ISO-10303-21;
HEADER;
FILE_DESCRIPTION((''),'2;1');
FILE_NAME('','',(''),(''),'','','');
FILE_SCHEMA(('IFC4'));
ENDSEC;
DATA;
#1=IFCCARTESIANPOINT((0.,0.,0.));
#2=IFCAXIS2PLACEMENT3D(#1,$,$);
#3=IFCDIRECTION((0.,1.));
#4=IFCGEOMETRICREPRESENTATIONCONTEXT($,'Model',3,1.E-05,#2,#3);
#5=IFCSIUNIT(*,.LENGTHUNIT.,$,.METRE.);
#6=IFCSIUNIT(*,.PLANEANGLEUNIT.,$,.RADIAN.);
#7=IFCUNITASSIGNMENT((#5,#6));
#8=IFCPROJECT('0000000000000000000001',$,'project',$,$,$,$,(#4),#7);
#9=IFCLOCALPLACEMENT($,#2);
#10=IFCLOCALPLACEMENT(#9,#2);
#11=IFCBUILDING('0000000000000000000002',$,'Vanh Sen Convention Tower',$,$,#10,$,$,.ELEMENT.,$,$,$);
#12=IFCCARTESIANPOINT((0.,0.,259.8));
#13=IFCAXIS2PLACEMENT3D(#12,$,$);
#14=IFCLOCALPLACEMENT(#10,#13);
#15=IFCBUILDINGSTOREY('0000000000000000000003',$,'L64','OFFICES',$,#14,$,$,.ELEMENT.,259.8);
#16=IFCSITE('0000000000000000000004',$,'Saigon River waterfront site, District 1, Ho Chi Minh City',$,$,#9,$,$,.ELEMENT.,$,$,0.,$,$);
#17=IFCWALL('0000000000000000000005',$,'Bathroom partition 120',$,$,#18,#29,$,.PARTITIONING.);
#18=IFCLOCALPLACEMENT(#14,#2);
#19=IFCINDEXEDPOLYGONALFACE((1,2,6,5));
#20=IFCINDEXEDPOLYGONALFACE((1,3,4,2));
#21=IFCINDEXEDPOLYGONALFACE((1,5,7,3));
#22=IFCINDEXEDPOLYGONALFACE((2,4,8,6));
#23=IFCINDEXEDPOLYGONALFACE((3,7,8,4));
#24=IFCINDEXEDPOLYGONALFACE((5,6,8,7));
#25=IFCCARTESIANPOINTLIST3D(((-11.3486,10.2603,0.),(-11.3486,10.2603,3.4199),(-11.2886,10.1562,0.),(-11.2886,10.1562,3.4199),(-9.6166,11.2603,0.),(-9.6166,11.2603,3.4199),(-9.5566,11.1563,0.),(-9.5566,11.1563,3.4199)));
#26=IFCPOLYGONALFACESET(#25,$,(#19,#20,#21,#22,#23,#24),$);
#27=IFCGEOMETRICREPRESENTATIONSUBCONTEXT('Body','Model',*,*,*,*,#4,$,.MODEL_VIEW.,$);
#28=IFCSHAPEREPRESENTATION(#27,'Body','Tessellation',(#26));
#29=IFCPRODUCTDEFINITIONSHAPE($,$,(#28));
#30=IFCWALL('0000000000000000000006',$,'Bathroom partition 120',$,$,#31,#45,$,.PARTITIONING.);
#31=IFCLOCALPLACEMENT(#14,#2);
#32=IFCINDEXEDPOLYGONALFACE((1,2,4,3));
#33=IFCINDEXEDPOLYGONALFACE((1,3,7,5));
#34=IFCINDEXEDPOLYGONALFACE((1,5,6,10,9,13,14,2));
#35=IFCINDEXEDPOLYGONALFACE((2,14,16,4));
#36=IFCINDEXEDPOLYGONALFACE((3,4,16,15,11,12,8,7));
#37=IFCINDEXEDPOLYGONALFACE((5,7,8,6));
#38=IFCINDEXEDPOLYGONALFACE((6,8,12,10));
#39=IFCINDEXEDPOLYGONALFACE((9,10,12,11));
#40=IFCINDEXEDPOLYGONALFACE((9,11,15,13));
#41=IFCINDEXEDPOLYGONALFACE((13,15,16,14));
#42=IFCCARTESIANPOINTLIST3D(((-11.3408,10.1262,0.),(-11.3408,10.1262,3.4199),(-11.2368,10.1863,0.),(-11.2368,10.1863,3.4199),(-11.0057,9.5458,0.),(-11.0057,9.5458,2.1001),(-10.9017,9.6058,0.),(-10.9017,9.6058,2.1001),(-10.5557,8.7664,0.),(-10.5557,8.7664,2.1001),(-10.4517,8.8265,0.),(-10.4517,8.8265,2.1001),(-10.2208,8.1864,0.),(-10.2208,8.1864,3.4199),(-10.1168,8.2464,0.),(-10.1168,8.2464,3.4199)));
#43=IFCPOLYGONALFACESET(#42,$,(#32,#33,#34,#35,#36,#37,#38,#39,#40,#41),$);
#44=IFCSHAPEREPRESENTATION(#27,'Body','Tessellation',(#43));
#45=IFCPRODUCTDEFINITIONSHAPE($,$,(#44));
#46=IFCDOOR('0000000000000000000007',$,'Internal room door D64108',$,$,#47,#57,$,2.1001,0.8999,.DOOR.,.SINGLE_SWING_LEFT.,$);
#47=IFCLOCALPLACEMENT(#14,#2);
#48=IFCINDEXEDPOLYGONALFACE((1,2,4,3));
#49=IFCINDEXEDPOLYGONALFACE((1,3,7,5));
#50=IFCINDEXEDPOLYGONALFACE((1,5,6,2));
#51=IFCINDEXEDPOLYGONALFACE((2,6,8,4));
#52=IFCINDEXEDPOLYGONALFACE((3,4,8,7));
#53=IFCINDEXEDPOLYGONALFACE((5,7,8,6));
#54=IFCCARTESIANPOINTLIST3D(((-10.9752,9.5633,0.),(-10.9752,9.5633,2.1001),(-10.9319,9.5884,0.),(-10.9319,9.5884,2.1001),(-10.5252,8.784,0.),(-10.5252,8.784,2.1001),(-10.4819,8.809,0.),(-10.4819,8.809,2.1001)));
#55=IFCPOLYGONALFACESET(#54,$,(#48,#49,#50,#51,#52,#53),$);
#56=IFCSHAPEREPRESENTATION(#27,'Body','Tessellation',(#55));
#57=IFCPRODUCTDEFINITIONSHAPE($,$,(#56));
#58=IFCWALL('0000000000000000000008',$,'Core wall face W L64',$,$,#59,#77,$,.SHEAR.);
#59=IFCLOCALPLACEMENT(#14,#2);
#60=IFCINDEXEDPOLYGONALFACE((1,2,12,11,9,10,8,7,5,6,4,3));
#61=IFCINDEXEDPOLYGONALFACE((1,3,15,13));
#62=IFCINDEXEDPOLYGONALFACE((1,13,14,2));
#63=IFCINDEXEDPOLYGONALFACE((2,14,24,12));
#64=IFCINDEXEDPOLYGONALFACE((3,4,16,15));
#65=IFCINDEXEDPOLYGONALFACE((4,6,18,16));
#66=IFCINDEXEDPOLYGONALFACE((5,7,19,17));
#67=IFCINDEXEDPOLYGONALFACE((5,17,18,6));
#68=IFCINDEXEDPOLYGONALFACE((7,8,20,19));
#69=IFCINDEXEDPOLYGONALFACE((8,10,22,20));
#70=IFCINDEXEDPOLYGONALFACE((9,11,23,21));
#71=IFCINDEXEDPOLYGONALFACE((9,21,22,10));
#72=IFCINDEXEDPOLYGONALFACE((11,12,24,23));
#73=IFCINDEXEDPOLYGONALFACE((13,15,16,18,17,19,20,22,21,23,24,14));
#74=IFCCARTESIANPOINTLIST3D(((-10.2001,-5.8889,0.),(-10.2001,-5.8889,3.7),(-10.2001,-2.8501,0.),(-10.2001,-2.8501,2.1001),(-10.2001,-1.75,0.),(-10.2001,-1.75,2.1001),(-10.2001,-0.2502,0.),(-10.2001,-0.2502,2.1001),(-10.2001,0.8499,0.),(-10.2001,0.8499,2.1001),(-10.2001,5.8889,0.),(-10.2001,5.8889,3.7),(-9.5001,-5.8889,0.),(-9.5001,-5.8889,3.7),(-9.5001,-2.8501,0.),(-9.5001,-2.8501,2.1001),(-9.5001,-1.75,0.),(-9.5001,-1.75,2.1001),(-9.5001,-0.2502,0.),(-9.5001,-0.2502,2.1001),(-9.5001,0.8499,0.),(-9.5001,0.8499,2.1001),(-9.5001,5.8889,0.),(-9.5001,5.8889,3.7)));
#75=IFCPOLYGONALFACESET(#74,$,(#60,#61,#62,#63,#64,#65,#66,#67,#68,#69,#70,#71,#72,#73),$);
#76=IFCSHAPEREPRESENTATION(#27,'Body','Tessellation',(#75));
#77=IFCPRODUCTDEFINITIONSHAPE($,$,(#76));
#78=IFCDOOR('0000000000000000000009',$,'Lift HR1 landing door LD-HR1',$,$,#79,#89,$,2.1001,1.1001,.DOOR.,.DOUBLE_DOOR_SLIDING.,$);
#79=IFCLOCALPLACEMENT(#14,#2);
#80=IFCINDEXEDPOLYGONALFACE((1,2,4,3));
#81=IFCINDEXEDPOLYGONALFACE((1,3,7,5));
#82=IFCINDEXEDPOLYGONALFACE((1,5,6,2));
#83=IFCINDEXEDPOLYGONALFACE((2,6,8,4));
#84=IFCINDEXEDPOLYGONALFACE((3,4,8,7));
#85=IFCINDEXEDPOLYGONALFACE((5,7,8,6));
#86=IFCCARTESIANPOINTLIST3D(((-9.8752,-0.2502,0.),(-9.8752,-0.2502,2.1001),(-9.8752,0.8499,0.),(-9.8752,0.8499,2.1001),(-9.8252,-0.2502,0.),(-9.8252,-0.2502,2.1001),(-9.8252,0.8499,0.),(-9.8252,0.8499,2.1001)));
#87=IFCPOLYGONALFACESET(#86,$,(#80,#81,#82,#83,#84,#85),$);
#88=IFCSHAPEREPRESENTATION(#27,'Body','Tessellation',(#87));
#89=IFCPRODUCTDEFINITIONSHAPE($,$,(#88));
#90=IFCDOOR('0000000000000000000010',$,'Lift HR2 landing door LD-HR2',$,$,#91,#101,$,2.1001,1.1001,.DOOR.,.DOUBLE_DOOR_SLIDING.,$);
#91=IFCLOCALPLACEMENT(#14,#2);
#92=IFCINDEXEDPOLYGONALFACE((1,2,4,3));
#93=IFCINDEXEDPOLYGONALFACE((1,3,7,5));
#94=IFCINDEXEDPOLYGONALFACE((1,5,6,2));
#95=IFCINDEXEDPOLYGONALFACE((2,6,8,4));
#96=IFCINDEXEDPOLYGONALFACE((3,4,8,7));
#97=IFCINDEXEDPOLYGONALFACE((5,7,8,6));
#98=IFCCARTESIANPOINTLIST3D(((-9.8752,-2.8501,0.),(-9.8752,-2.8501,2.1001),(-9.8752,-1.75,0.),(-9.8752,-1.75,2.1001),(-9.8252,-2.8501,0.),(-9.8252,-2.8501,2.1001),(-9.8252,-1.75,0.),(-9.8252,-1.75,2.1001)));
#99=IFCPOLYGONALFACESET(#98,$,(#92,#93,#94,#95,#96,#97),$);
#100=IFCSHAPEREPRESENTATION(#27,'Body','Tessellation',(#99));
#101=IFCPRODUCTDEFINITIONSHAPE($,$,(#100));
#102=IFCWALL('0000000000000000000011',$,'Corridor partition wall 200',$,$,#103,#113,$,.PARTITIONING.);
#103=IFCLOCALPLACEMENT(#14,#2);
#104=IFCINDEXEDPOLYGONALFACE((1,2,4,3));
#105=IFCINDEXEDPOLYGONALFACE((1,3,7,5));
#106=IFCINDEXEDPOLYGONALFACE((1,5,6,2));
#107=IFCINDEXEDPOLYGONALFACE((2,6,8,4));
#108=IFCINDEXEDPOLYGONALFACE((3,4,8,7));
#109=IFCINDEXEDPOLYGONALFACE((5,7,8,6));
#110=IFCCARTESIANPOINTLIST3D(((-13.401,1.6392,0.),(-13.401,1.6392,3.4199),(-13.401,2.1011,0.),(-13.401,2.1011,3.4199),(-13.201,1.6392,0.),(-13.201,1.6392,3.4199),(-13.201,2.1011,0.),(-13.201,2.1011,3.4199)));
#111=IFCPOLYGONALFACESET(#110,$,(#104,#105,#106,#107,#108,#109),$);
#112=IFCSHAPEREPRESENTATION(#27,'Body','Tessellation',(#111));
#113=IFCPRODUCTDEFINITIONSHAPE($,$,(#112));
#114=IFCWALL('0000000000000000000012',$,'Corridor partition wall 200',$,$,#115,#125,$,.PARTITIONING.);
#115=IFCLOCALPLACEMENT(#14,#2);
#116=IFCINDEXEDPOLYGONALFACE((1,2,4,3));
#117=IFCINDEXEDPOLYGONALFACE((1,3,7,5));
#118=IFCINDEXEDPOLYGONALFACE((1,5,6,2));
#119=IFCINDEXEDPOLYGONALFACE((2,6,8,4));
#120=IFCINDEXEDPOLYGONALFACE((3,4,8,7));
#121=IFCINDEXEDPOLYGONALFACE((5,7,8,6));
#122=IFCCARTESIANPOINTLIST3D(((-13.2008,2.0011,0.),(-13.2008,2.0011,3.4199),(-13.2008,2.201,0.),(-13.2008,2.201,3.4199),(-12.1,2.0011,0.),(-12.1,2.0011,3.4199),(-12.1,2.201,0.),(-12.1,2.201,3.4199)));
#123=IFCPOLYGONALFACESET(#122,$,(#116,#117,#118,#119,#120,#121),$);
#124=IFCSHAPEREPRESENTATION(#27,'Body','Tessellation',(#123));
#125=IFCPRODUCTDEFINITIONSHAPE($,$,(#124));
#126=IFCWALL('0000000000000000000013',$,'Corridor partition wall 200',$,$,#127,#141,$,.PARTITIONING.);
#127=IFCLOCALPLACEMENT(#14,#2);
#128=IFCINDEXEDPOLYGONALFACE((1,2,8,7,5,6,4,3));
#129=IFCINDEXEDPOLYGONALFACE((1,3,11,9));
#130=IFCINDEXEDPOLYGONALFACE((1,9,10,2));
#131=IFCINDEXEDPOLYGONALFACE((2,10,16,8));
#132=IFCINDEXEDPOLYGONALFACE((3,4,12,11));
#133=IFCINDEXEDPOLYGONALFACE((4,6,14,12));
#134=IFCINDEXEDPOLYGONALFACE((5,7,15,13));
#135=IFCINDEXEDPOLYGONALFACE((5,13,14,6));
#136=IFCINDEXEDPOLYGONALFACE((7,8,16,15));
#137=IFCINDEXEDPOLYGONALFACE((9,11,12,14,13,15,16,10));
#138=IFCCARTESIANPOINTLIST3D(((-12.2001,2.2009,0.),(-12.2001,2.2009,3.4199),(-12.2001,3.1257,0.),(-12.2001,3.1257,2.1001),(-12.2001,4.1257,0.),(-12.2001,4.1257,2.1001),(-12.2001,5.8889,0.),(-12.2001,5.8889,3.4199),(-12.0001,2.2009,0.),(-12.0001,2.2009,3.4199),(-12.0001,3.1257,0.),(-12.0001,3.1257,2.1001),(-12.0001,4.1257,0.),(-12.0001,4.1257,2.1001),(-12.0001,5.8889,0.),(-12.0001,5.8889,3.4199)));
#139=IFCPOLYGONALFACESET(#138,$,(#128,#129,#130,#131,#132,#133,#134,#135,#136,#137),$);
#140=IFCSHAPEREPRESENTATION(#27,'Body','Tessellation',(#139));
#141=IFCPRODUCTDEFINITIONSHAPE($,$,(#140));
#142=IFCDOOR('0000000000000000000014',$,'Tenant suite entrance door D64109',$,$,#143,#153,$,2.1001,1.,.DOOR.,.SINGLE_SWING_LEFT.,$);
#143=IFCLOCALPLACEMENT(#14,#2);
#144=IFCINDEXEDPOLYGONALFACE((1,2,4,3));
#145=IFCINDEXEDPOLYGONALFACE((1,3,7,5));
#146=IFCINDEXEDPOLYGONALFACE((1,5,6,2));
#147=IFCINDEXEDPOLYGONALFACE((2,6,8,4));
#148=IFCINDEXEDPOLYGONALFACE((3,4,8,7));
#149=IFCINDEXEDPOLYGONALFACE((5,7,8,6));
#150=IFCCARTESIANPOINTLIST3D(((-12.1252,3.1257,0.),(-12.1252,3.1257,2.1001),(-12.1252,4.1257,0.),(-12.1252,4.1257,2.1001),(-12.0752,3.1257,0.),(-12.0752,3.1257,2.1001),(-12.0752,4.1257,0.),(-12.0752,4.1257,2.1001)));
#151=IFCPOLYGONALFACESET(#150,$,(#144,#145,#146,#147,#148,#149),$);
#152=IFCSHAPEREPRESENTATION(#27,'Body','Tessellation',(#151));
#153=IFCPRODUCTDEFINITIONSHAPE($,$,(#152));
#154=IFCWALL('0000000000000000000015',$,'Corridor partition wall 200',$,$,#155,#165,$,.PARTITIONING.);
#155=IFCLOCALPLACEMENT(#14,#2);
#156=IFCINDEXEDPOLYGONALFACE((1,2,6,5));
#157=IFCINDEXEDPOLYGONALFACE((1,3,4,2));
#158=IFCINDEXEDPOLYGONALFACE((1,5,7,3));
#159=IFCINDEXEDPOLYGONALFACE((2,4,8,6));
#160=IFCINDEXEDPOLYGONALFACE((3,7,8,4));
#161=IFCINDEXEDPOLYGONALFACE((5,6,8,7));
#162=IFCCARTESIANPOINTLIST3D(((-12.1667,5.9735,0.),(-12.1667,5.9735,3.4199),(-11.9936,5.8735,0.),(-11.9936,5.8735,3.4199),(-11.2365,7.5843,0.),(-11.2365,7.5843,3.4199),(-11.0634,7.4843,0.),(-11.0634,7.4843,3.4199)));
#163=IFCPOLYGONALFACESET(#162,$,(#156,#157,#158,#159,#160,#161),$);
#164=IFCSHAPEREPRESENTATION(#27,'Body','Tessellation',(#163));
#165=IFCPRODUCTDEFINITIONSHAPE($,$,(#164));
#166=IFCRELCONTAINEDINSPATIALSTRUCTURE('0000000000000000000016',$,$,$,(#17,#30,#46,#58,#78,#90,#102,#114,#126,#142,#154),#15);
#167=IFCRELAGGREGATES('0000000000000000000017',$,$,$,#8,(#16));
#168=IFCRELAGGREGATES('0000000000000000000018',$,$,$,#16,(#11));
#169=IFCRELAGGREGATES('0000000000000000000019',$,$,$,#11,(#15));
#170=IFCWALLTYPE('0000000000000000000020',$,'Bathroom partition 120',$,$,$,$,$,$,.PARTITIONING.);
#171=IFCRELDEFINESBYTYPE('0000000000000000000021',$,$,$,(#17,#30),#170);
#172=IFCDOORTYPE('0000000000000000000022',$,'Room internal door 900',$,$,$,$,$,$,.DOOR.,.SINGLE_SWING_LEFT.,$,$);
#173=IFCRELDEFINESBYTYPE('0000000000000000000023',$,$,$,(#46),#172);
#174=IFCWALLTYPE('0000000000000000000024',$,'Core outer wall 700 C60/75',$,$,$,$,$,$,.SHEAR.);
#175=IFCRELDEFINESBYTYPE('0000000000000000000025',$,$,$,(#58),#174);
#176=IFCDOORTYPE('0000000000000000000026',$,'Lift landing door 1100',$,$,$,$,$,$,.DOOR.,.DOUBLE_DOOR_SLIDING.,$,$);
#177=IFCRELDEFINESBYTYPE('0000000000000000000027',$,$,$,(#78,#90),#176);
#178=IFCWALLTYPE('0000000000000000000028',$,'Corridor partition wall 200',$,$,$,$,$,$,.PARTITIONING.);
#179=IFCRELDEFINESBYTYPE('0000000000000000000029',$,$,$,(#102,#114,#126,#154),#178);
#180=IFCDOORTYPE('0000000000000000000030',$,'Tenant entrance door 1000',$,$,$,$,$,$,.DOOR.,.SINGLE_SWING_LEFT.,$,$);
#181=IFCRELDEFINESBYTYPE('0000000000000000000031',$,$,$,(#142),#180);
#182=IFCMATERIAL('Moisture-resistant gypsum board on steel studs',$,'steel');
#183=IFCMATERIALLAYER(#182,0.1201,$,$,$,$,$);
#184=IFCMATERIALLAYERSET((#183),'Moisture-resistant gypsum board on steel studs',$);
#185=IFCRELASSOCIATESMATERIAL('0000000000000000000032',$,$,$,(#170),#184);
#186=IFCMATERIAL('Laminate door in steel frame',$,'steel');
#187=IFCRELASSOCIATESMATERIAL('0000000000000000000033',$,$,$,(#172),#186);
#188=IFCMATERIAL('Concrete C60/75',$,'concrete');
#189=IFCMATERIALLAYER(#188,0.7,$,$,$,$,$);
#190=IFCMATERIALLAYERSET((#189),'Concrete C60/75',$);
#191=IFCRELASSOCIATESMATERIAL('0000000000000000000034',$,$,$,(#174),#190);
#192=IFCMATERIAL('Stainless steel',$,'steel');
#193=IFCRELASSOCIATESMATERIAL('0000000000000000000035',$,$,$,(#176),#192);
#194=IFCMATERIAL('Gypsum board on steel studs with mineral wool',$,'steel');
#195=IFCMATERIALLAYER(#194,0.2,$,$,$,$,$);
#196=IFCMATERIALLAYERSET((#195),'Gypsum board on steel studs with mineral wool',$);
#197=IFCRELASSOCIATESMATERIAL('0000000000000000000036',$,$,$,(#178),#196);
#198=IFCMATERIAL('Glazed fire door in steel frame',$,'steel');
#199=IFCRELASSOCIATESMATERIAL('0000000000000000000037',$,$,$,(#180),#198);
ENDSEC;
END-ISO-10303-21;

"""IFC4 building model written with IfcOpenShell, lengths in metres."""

from ifc_helpers import new_model, si_unit, direction, frame, frame_2d, origin, place, context, subcontext, project, spatial, rectangle, extrude, material, layer, layer_set, type_object, element, fill, save


model = new_model("IFC4")

# Units and contexts
model_context = context("Model", 3, precision=1e-05, world=origin(), true_north=direction((0.0, 1.0)))
body_context = subcontext(model_context, "Body", "Model", "MODEL_VIEW")
ifc_project = project(units=[si_unit("LENGTHUNIT", "METRE"), si_unit("PLANEANGLEUNIT", "RADIAN")], contexts=[model_context])

# Site, building, storey
site_placement = place(None, origin())
site = spatial("IfcSite", under=ifc_project, at=site_placement, Name="Saigon River waterfront site, District 1, Ho Chi Minh City", CompositionType="ELEMENT", RefElevation=0.0)
building_placement = place(site_placement, origin())
building = spatial("IfcBuilding", under=site, at=building_placement, Name="Vanh Sen Convention Tower", CompositionType="ELEMENT")
storey_placement = place(building_placement, frame((0.0, 0.0, 259.8)))
storey = spatial("IfcBuildingStorey", under=building, at=storey_placement, Name="L64", Description="OFFICES", CompositionType="ELEMENT", Elevation=259.8)

# Wall
ifc_material_1 = material(Name="Moisture-resistant gypsum board on steel studs", Category="steel")
ifc_layer_1 = layer(ifc_material_1, 0.1201)
ifc_layer_set_1 = layer_set([ifc_layer_1], Name="Moisture-resistant gypsum board on steel studs")
wall_type_1 = type_object("IfcWallType", Name="Bathroom partition 120", PredefinedType="PARTITIONING", material=ifc_layer_set_1)
wall_1_placement = place(storey_placement, frame((-11.3186, 10.2083, 0.0), z_axis=(0.0, 0.0, 1.0), x_axis=(0.866011, 0.500025, 0.0)))
element("IfcWall", 1, at=wall_1_placement, inside=storey, type_object=wall_type_1, Name="Bathroom partition 120", PredefinedType="PARTITIONING", context=body_context, shape_type="SweptSolid", body=[
    extrude(rectangle(XDim=2.0, YDim=0.1201, at=frame_2d((1.0, 0.0))), origin(), (0.0, 0.0, 1.0), 3.4199),
])

# Wall, opening, door
wall_2_placement = place(storey_placement, frame((-10.1687, 8.2163, 0.0), z_axis=(0.0, 0.0, 1.0), x_axis=(-0.500031, 0.866008, 0.0)))
wall_2 = element("IfcWall", 2, at=wall_2_placement, inside=storey, type_object=wall_type_1, Name="Bathroom partition 120", PredefinedType="PARTITIONING", context=body_context, shape_type="SweptSolid", body=[
    extrude(rectangle(XDim=2.24, YDim=0.1201, at=frame_2d((1.1201, 0.0))), origin(), (0.0, 0.0, 1.0), 3.4199),
])
opening_1_placement = place(wall_2_placement, frame((0.6699, 0.0, 0.0)))
opening_1 = element("IfcOpeningElement", 3, at=opening_1_placement, cuts=wall_2, PredefinedType="OPENING", context=body_context, shape_type="SweptSolid", body=[
    extrude(rectangle(XDim=0.8999, YDim=2.1001, at=frame_2d((0.45, 1.05))), frame((0.0, 0.0701, 0.0), z_axis=(0.0, -1.0, 0.0), x_axis=(1.0, 0.0, 0.0)), (0.0, 0.0, 1.0), 0.1401),
])
ifc_material_2 = material(Name="Laminate door in steel frame", Category="steel")
door_type_1 = type_object("IfcDoorType", Name="Room internal door 900", OperationType="SINGLE_SWING_LEFT", PredefinedType="DOOR", material=ifc_material_2)
door_1_placement = place(opening_1_placement, origin())
door_1 = element("IfcDoor", 4, at=door_1_placement, inside=storey, type_object=door_type_1, Name="Internal room door D64108", OperationType="SINGLE_SWING_LEFT", OverallHeight=2.1001, OverallWidth=0.8999, PredefinedType="DOOR", context=body_context, shape_type="SweptSolid", body=[
    extrude(rectangle(XDim=0.8999, YDim=2.1001, at=frame_2d((0.45, 1.05))), frame((0.0, 0.0249, 0.0), z_axis=(0.0, -1.0, 0.0), x_axis=(1.0, 0.0, 0.0)), (0.0, 0.0, 1.0), 0.05),
])
fill(opening_1, door_1)

# Wall, openings, doors
ifc_material_3 = material(Name="Concrete C60/75", Category="concrete")
ifc_layer_2 = layer(ifc_material_3, 0.7)
ifc_layer_set_2 = layer_set([ifc_layer_2], Name="Concrete C60/75")
wall_type_2 = type_object("IfcWallType", Name="Core outer wall 700 C60/75", PredefinedType="SHEAR", material=ifc_layer_set_2)
wall_3_placement = place(storey_placement, frame((-9.8501, 5.8889, 0.0), z_axis=(0.0, 0.0, 1.0), x_axis=(0.0, -1.0, 0.0)))
wall_3 = element("IfcWall", 5, at=wall_3_placement, inside=storey, type_object=wall_type_2, Name="Core wall face W L64", PredefinedType="SHEAR", context=body_context, shape_type="SweptSolid", body=[
    extrude(rectangle(XDim=11.7778, YDim=0.7, at=frame_2d((5.8889, 0.0))), origin(), (0.0, 0.0, 1.0), 3.7),
])
opening_2_placement = place(wall_3_placement, frame((5.0391, 0.0, 0.0)))
opening_2 = element("IfcOpeningElement", 6, at=opening_2_placement, cuts=wall_3, PredefinedType="OPENING", context=body_context, shape_type="SweptSolid", body=[
    extrude(rectangle(XDim=1.1001, YDim=2.1001, at=frame_2d((0.55, 1.05))), frame((0.0, 0.3599, 0.0), z_axis=(0.0, -1.0, 0.0), x_axis=(1.0, 0.0, 0.0)), (0.0, 0.0, 1.0), 0.72),
])
opening_3_placement = place(wall_3_placement, frame((7.6389, 0.0, 0.0)))
opening_3 = element("IfcOpeningElement", 7, at=opening_3_placement, cuts=wall_3, PredefinedType="OPENING", context=body_context, shape_type="SweptSolid", body=[
    extrude(rectangle(XDim=1.1001, YDim=2.1001, at=frame_2d((0.55, 1.05))), frame((0.0, 0.3599, 0.0), z_axis=(0.0, -1.0, 0.0), x_axis=(1.0, 0.0, 0.0)), (0.0, 0.0, 1.0), 0.72),
])
ifc_material_4 = material(Name="Stainless steel", Category="steel")
door_type_2 = type_object("IfcDoorType", Name="Lift landing door 1100", OperationType="DOUBLE_DOOR_SLIDING", PredefinedType="DOOR", material=ifc_material_4)
door_2_placement = place(opening_2_placement, origin())
door_2 = element("IfcDoor", 8, at=door_2_placement, inside=storey, type_object=door_type_2, Name="Lift HR1 landing door LD-HR1", OperationType="DOUBLE_DOOR_SLIDING", OverallHeight=2.1001, OverallWidth=1.1001, PredefinedType="DOOR", context=body_context, shape_type="SweptSolid", body=[
    extrude(rectangle(XDim=1.1001, YDim=2.1001, at=frame_2d((0.55, 1.05))), frame((0.0, 0.0249, 0.0), z_axis=(0.0, -1.0, 0.0), x_axis=(1.0, 0.0, 0.0)), (0.0, 0.0, 1.0), 0.05),
])
fill(opening_2, door_2)
door_3_placement = place(opening_3_placement, origin())
door_3 = element("IfcDoor", 9, at=door_3_placement, inside=storey, type_object=door_type_2, Name="Lift HR2 landing door LD-HR2", OperationType="DOUBLE_DOOR_SLIDING", OverallHeight=2.1001, OverallWidth=1.1001, PredefinedType="DOOR", context=body_context, shape_type="SweptSolid", body=[
    extrude(rectangle(XDim=1.1001, YDim=2.1001, at=frame_2d((0.55, 1.05))), frame((0.0, 0.0249, 0.0), z_axis=(0.0, -1.0, 0.0), x_axis=(1.0, 0.0, 0.0)), (0.0, 0.0, 1.0), 0.05),
])
fill(opening_3, door_3)

# Walls
ifc_material_5 = material(Name="Gypsum board on steel studs with mineral wool", Category="steel")
ifc_layer_3 = layer(ifc_material_5, 0.2)
ifc_layer_set_3 = layer_set([ifc_layer_3], Name="Gypsum board on steel studs with mineral wool")
wall_type_3 = type_object("IfcWallType", Name="Corridor partition wall 200", PredefinedType="PARTITIONING", material=ifc_layer_set_3)
wall_4_placement = place(storey_placement, frame((-13.301, 2.1011, 0.0), z_axis=(0.0, 0.0, 1.0), x_axis=(0.0, -1.0, 0.0)))
element("IfcWall", 10, at=wall_4_placement, inside=storey, type_object=wall_type_3, Name="Corridor partition wall 200", PredefinedType="PARTITIONING", context=body_context, shape_type="SweptSolid", body=[
    extrude(rectangle(XDim=0.4619, YDim=0.2, at=frame_2d((0.231, 0.0))), origin(), (0.0, 0.0, 1.0), 3.4199),
])
wall_5_placement = place(storey_placement, frame((-12.1001, 2.1011, 0.0), z_axis=(0.0, 0.0, 1.0), x_axis=(-1.0, 0.0, 0.0)))
element("IfcWall", 11, at=wall_5_placement, inside=storey, type_object=wall_type_3, Name="Corridor partition wall 200", PredefinedType="PARTITIONING", context=body_context, shape_type="SweptSolid", body=[
    extrude(rectangle(XDim=1.1008, YDim=0.2, at=frame_2d((0.5503, 0.0))), origin(), (0.0, 0.0, 1.0), 3.4199),
])

# Wall, opening, door
wall_6_placement = place(storey_placement, frame((-12.1001, 5.8889, 0.0), z_axis=(0.0, 0.0, 1.0), x_axis=(0.0, -1.0, 0.0)))
wall_6 = element("IfcWall", 12, at=wall_6_placement, inside=storey, type_object=wall_type_3, Name="Corridor partition wall 200", PredefinedType="PARTITIONING", context=body_context, shape_type="SweptSolid", body=[
    extrude(rectangle(XDim=3.688, YDim=0.2, at=frame_2d((1.844, 0.0))), origin(), (0.0, 0.0, 1.0), 3.4199),
])
opening_4_placement = place(wall_6_placement, frame((1.7632, 0.0, 0.0)))
opening_4 = element("IfcOpeningElement", 13, at=opening_4_placement, cuts=wall_6, PredefinedType="OPENING", context=body_context, shape_type="SweptSolid", body=[
    extrude(rectangle(XDim=1.0, YDim=2.1001, at=frame_2d((0.5, 1.05))), frame((0.0, 0.1099, 0.0), z_axis=(0.0, -1.0, 0.0), x_axis=(1.0, 0.0, 0.0)), (0.0, 0.0, 1.0), 0.22),
])
ifc_material_6 = material(Name="Glazed fire door in steel frame", Category="steel")
door_type_3 = type_object("IfcDoorType", Name="Tenant entrance door 1000", OperationType="SINGLE_SWING_LEFT", PredefinedType="DOOR", material=ifc_material_6)
door_4_placement = place(opening_4_placement, origin())
door_4 = element("IfcDoor", 14, at=door_4_placement, inside=storey, type_object=door_type_3, Name="Tenant suite entrance door D64109", OperationType="SINGLE_SWING_LEFT", OverallHeight=2.1001, OverallWidth=1.0, PredefinedType="DOOR", context=body_context, shape_type="SweptSolid", body=[
    extrude(rectangle(XDim=1.0, YDim=2.1001, at=frame_2d((0.5, 1.05))), frame((0.0, 0.0249, 0.0), z_axis=(0.0, -1.0, 0.0), x_axis=(1.0, 0.0, 0.0)), (0.0, 0.0, 1.0), 0.05),
])
fill(opening_4, door_4)

# Wall
wall_7_placement = place(storey_placement, frame((-11.1499, 7.5344, 0.0), z_axis=(0.0, 0.0, 1.0), x_axis=(-0.500063, -0.865989, 0.0)))
element("IfcWall", 15, at=wall_7_placement, inside=storey, type_object=wall_type_3, Name="Corridor partition wall 200", PredefinedType="PARTITIONING", context=body_context, shape_type="SweptSolid", body=[
    extrude(rectangle(XDim=1.8601, YDim=0.2, at=frame_2d((0.9302, 0.0))), origin(), (0.0, 0.0, 1.0), 3.4199),
])

save(model, "model.ifc")
